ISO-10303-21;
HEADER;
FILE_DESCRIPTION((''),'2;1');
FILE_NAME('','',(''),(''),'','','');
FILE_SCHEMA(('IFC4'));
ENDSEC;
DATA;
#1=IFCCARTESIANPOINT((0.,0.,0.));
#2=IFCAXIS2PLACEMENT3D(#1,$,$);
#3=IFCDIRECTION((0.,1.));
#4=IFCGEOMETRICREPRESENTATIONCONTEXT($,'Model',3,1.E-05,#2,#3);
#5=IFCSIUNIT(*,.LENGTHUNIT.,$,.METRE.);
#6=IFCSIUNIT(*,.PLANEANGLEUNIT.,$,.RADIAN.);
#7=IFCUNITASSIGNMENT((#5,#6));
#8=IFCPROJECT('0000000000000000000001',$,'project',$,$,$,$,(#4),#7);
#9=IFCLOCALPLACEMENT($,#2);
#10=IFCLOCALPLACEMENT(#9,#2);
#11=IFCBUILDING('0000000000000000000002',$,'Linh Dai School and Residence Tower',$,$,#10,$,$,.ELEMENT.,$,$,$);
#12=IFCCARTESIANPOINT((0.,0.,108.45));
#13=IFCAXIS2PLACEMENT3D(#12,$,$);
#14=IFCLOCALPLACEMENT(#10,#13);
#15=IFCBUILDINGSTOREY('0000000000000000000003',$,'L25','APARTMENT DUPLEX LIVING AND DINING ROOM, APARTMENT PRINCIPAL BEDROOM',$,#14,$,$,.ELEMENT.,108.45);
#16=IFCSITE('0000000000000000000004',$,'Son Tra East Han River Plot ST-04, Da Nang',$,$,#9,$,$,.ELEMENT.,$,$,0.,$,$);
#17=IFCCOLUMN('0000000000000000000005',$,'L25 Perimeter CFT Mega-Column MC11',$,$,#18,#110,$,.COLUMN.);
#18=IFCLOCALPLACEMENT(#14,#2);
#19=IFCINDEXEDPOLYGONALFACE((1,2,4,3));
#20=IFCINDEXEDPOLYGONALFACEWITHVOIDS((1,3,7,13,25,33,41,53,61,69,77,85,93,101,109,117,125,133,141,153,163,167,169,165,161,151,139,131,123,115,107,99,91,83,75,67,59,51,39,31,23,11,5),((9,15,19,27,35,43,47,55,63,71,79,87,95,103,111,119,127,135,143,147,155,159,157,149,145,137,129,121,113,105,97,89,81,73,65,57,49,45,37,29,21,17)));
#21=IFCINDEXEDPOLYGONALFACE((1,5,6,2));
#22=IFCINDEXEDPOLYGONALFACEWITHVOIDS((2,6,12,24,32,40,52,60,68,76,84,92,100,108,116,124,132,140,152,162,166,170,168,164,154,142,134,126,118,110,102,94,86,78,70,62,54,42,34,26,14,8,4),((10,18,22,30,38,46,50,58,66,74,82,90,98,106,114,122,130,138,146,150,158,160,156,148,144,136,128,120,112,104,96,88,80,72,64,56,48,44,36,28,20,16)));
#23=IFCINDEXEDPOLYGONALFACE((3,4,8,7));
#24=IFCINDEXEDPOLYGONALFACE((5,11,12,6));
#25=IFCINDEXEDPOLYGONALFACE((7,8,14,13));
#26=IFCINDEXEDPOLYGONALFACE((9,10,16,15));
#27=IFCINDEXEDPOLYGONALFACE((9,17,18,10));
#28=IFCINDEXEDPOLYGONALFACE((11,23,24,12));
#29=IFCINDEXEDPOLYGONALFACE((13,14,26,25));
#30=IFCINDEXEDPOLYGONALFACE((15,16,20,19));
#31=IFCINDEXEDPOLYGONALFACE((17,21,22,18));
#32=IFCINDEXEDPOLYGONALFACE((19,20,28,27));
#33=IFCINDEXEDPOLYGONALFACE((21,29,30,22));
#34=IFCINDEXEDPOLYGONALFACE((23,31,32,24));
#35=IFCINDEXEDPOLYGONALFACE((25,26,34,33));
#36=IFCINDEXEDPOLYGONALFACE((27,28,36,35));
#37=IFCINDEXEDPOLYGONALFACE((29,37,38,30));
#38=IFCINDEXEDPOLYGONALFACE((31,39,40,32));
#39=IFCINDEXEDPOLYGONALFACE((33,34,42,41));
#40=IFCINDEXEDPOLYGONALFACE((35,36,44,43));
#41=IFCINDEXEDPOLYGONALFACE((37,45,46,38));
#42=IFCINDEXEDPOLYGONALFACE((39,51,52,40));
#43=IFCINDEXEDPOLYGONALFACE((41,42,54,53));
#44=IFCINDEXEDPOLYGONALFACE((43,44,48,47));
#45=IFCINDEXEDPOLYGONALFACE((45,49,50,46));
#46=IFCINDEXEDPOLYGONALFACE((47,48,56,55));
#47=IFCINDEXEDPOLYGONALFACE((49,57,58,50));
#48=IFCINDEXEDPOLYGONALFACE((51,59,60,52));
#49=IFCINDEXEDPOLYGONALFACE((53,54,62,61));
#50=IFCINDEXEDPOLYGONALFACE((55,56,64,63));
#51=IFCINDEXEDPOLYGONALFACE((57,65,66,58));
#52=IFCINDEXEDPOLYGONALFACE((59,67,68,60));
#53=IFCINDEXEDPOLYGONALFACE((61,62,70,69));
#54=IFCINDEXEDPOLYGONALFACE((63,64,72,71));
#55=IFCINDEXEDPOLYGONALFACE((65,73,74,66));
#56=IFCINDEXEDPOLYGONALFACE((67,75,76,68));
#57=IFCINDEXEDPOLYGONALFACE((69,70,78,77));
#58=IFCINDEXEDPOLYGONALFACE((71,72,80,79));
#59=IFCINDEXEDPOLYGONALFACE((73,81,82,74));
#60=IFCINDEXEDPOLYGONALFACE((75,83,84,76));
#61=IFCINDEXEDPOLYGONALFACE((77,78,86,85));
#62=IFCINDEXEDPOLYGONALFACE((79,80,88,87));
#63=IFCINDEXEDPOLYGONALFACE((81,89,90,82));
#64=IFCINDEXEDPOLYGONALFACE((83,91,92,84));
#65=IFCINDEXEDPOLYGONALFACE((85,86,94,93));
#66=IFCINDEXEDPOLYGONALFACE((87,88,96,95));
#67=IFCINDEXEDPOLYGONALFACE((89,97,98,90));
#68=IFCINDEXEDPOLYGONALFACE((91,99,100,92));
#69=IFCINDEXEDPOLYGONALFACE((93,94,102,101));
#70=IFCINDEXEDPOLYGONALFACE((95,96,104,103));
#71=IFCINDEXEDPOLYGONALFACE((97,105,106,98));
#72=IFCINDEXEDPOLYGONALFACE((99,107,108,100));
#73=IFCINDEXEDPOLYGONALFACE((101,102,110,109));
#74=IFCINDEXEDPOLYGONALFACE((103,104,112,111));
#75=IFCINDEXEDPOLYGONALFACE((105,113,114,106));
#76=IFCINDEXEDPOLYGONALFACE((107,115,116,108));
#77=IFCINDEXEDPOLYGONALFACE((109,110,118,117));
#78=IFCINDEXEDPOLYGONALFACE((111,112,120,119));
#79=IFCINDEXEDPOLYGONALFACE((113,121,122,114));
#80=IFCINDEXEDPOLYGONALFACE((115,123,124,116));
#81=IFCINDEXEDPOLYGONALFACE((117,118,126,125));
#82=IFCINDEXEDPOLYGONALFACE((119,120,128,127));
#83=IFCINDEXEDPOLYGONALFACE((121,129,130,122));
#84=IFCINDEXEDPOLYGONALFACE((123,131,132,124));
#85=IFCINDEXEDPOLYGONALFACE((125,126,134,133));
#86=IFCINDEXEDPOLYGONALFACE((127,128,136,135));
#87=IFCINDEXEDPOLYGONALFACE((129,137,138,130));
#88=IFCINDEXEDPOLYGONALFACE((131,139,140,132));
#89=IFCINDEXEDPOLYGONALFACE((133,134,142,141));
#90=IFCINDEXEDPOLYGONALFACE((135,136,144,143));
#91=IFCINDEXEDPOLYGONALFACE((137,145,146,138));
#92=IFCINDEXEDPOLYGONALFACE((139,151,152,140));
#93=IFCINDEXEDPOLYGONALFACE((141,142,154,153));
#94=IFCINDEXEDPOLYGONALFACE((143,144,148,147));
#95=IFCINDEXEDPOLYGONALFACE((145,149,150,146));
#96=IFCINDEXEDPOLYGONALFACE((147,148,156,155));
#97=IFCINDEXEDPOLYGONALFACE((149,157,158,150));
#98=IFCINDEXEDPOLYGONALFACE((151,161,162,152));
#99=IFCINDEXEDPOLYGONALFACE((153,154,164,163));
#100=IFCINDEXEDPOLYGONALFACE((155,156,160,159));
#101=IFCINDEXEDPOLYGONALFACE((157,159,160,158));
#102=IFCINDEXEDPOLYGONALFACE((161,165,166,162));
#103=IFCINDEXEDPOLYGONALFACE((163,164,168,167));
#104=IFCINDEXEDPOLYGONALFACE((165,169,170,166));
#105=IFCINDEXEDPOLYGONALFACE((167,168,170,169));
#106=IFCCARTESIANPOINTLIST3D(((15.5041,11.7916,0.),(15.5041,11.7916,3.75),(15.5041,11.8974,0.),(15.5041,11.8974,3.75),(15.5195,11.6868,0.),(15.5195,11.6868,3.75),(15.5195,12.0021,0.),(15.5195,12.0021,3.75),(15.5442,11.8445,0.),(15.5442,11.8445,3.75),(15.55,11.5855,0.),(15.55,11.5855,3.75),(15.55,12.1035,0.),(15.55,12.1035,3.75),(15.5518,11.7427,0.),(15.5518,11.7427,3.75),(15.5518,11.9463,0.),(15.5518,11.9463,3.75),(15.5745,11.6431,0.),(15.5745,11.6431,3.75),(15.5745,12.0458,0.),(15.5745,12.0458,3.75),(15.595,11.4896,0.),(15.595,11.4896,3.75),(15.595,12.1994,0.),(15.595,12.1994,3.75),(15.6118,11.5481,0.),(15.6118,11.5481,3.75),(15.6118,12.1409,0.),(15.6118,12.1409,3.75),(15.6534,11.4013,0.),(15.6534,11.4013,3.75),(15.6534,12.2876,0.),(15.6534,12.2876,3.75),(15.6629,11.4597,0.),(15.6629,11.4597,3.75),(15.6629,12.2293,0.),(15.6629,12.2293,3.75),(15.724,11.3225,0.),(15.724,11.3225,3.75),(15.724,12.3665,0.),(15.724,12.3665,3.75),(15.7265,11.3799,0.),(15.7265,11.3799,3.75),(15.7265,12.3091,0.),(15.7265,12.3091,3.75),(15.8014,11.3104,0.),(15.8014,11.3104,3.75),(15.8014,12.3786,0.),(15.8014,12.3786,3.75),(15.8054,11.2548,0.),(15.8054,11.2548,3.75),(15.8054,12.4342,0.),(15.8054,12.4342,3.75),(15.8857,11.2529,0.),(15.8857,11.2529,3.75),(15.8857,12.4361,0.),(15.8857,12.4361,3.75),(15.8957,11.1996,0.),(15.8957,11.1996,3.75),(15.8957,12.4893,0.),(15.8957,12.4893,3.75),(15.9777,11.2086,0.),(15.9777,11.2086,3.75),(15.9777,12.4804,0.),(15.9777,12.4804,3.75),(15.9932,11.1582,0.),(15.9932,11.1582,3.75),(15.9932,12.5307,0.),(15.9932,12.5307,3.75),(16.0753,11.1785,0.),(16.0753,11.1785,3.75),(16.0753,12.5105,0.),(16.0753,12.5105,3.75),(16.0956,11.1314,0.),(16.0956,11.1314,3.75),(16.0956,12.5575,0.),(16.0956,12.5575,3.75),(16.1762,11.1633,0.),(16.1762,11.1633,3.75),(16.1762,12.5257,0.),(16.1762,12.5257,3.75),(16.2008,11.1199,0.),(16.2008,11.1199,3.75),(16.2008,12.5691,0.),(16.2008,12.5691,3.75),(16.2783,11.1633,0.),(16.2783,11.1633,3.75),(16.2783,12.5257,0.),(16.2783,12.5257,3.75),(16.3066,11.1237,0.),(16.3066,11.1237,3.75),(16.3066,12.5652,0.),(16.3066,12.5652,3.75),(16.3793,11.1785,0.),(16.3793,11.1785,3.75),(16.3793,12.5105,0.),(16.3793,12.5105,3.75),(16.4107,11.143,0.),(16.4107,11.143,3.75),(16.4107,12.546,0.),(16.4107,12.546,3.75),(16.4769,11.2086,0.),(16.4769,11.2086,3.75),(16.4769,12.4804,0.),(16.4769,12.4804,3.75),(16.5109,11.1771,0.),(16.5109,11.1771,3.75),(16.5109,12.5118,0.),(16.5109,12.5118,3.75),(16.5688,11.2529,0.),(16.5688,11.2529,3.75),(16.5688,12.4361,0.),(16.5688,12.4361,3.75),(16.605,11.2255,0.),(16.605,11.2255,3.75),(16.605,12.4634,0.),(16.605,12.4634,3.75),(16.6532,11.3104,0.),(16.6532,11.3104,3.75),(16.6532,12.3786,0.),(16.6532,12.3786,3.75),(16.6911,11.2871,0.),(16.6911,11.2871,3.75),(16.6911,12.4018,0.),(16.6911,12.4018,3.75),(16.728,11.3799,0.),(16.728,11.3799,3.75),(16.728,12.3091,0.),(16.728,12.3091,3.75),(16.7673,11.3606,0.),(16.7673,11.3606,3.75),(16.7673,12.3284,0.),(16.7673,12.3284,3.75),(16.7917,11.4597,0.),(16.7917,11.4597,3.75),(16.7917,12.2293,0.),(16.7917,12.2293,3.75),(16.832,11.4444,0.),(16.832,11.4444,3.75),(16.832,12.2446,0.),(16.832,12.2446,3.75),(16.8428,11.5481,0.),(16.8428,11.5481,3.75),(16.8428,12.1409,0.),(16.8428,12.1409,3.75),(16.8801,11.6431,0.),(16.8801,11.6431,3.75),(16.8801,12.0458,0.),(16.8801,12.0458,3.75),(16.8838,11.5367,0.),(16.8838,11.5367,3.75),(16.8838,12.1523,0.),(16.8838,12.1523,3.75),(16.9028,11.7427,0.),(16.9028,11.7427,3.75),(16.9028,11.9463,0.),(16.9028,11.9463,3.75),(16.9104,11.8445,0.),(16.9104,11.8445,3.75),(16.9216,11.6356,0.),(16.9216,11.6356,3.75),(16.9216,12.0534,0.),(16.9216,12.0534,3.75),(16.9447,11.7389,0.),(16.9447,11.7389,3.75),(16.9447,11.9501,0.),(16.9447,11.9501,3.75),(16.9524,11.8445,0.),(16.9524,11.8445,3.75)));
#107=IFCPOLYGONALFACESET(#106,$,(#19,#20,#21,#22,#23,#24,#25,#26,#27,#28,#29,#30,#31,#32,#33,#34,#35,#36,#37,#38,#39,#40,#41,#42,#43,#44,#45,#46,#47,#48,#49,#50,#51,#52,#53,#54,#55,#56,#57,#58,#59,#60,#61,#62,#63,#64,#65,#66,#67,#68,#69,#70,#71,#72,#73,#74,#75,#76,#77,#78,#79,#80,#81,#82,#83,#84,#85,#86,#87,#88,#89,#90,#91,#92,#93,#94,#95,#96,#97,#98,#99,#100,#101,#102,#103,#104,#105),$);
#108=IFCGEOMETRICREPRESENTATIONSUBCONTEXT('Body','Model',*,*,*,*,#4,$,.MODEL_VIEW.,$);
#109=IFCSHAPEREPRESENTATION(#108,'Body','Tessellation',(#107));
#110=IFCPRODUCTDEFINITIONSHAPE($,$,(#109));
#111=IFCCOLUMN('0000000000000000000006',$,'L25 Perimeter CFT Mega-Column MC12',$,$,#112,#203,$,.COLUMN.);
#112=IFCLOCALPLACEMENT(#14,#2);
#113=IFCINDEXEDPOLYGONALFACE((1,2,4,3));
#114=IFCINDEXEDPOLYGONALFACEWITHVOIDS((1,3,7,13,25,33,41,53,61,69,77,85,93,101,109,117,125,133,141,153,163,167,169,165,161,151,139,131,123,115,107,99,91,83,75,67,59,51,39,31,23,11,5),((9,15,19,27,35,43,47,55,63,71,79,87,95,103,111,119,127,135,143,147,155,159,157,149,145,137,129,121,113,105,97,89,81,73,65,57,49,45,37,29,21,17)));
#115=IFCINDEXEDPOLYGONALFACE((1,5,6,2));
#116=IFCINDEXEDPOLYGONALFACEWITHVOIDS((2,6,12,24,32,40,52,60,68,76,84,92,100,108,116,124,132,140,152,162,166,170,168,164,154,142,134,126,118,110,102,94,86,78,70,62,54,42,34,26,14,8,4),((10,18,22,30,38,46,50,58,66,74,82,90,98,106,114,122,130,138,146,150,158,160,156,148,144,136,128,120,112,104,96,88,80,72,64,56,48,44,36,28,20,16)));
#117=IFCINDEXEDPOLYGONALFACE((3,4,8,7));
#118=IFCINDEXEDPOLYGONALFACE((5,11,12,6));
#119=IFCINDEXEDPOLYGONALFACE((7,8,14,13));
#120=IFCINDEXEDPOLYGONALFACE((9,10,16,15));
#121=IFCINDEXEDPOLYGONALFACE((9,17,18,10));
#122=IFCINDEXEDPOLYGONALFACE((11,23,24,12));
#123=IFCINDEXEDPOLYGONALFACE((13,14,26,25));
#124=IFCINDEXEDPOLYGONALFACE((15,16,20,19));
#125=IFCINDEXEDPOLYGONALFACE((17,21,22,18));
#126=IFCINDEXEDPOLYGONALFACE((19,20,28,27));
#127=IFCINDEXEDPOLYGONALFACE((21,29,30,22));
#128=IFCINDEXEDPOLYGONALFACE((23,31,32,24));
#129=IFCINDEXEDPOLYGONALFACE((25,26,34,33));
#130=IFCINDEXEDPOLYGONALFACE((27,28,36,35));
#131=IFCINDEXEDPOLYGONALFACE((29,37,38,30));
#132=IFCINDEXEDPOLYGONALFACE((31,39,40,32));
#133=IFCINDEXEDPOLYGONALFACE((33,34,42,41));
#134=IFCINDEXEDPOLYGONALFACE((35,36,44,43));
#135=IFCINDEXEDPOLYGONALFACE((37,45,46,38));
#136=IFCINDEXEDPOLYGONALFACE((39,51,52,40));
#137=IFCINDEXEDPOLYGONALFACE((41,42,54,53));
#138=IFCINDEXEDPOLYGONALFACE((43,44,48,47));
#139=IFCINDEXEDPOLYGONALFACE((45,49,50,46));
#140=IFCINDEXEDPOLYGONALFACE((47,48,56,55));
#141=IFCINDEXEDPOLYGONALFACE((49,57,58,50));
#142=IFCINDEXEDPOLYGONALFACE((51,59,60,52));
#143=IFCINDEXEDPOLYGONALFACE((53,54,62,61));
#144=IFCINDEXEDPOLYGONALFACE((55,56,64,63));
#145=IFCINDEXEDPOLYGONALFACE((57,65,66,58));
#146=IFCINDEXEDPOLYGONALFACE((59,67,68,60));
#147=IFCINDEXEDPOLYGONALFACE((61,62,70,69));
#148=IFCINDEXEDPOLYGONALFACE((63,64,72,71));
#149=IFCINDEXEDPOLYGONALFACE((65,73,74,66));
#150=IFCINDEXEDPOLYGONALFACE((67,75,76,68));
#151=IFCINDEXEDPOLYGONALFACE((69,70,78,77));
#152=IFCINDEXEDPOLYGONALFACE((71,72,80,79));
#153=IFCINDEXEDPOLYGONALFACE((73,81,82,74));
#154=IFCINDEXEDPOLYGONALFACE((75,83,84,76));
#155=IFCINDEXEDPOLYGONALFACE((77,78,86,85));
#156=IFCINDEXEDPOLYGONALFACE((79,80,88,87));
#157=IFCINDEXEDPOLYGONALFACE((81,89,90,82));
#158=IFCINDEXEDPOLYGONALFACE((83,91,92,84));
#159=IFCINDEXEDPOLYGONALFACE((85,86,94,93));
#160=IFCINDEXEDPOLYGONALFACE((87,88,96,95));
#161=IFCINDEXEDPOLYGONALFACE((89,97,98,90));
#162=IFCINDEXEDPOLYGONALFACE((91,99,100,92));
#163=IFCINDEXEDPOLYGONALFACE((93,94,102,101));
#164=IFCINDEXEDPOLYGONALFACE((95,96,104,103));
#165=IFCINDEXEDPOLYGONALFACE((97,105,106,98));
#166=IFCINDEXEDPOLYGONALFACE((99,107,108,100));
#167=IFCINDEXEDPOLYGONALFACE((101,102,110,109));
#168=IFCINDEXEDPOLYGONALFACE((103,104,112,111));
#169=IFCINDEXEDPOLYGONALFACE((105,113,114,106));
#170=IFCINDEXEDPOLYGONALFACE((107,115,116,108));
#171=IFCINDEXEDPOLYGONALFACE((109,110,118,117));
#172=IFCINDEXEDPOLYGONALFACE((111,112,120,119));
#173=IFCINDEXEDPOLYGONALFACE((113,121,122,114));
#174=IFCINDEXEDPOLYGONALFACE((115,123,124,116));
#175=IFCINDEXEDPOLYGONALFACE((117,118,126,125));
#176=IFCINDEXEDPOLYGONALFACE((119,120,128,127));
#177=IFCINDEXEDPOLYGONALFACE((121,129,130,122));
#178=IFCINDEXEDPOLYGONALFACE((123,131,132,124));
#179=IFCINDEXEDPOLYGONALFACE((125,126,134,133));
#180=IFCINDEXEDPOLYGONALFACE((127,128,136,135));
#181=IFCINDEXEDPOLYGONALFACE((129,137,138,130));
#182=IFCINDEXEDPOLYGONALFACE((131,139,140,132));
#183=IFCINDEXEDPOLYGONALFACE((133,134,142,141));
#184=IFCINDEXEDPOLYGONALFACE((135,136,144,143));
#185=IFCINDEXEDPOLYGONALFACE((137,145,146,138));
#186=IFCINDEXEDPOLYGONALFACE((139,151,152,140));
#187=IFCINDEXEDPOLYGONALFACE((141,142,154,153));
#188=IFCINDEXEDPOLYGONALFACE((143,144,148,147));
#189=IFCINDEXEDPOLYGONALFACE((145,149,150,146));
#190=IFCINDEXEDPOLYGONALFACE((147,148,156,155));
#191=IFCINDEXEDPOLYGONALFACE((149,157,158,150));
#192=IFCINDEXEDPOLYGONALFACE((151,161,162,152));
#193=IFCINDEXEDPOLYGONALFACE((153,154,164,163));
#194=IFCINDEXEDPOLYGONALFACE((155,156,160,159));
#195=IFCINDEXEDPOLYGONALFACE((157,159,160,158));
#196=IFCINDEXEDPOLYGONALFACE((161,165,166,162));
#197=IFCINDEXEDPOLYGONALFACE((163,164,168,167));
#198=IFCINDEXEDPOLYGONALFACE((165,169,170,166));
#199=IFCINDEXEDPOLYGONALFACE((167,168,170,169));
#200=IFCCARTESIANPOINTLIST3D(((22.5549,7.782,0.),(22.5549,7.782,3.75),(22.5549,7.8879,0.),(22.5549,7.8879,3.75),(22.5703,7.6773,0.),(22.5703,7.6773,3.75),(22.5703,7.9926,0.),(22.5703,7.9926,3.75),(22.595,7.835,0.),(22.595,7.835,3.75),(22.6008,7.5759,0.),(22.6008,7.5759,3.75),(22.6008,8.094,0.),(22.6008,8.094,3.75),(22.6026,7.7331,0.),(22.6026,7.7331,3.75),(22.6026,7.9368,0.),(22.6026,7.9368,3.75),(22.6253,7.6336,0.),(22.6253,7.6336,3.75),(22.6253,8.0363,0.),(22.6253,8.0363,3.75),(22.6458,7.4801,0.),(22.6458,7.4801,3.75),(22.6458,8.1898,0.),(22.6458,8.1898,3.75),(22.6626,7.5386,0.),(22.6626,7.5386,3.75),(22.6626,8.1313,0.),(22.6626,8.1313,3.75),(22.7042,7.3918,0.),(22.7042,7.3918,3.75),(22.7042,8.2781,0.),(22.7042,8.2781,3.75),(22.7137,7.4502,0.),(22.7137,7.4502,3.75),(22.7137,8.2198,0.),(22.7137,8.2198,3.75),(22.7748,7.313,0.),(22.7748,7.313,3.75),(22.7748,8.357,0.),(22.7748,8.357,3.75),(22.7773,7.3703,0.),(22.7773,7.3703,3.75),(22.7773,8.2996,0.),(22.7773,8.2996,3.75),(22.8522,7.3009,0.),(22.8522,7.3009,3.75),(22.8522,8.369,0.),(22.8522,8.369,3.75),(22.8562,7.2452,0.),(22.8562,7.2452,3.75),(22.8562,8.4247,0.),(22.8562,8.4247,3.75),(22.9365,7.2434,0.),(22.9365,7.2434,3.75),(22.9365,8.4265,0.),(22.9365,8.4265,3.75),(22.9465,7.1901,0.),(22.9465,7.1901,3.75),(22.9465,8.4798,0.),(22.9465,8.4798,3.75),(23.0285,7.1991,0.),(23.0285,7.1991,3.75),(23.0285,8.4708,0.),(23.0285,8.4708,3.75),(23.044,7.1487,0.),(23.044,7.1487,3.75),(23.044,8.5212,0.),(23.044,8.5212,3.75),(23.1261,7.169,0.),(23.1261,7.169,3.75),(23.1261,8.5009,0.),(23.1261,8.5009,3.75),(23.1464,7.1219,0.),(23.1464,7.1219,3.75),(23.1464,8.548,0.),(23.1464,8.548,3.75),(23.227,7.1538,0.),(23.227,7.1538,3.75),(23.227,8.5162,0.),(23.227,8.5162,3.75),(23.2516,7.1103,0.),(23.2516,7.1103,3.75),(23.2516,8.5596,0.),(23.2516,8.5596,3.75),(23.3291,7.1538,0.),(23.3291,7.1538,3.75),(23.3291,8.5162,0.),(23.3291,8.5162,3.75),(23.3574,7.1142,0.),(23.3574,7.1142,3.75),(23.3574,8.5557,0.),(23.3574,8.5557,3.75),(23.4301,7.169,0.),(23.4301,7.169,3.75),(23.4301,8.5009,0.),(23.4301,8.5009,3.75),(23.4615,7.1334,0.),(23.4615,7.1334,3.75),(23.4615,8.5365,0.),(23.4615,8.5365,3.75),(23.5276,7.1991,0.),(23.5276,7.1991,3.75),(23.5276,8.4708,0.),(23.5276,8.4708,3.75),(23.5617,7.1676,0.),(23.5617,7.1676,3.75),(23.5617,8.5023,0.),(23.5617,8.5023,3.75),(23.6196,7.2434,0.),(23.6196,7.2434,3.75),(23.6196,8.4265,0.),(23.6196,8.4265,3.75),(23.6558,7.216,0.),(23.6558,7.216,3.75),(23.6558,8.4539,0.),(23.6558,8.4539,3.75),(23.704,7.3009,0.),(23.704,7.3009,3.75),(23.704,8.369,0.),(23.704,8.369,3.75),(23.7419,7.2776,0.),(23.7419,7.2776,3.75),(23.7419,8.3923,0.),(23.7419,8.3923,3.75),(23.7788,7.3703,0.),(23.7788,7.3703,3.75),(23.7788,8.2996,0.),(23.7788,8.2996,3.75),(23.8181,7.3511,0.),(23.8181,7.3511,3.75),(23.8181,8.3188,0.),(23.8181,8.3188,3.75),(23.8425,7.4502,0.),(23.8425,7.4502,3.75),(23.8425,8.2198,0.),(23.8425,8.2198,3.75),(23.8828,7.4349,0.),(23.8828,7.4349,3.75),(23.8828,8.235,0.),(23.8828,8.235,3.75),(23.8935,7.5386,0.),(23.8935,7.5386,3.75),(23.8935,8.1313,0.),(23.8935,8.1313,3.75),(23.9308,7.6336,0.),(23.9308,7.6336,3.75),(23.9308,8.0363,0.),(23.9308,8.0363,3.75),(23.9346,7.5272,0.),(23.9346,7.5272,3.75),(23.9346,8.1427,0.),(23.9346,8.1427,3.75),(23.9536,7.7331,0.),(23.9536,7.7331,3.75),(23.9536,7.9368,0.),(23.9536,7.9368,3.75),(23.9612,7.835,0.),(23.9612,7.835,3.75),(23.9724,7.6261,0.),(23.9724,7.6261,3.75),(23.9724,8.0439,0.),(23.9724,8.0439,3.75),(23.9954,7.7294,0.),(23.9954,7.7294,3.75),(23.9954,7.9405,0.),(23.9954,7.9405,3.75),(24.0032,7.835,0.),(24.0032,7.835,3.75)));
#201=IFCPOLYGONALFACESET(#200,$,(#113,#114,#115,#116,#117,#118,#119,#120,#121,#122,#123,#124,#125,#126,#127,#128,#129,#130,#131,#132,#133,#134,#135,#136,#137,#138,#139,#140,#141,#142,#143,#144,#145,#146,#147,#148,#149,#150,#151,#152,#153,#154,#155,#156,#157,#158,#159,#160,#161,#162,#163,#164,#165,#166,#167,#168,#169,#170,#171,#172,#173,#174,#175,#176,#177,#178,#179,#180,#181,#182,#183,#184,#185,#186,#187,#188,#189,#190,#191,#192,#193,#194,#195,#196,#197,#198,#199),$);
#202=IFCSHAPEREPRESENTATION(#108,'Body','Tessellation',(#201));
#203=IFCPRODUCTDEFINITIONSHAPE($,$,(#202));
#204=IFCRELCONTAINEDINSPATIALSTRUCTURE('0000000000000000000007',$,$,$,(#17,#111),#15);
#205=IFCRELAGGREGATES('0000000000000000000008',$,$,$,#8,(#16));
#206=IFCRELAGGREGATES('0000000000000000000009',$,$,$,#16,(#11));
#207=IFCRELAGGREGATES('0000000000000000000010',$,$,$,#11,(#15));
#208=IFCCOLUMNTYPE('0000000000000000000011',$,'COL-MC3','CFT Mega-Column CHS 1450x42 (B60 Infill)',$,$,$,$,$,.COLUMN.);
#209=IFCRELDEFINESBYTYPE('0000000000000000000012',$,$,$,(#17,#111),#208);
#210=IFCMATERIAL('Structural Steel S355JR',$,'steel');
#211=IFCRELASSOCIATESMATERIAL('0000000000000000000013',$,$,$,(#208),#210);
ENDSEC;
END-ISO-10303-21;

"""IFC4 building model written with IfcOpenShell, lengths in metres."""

from ifc_helpers import new_model, si_unit, direction, frame, origin, origin_2d, place, context, subcontext, project, spatial, hollow_circle, extrude, material, material_profile, profile_set, type_object, element, save


model = new_model("IFC4")

# Units and contexts
model_context = context("Model", 3, precision=1e-05, world=origin(), true_north=direction((0.0, 1.0)))
body_context = subcontext(model_context, "Body", "Model", "MODEL_VIEW")
ifc_project = project(units=[si_unit("LENGTHUNIT", "METRE"), si_unit("PLANEANGLEUNIT", "RADIAN")], contexts=[model_context])

# Site, building, storey
site_placement = place(None, origin())
site = spatial("IfcSite", under=ifc_project, at=site_placement, Name="Son Tra East Han River Plot ST-04, Da Nang", CompositionType="ELEMENT", RefElevation=0.0)
building_placement = place(site_placement, origin())
building = spatial("IfcBuilding", under=site, at=building_placement, Name="Linh Dai School and Residence Tower", CompositionType="ELEMENT")
storey_placement = place(building_placement, frame((0.0, 0.0, 108.45)))
storey = spatial("IfcBuildingStorey", under=building, at=storey_placement, Name="L25", Description="APARTMENT DUPLEX LIVING AND DINING ROOM, APARTMENT PRINCIPAL BEDROOM", CompositionType="ELEMENT", Elevation=108.45)

# Columns
ifc_material_1 = material(Name="Structural Steel S355JR", Category="steel")
ifc_material_profile_1 = material_profile(ifc_material_1, hollow_circle(Radius=0.7251, WallThickness=0.042, at=origin_2d()), Name="CHS 1450x42")
ifc_profile_set_1 = profile_set([ifc_material_profile_1], Name="Structural Steel S355JR")
column_type = type_object("IfcColumnType", Name="COL-MC3", Description="CFT Mega-Column CHS 1450x42 (B60 Infill)", PredefinedType="COLUMN", material=ifc_profile_set_1)
for number, where, z_axis, x_axis, name in (
    (1, (16.2273, 11.8445, 0.0), (0.0, 0.0, 1.0), (1.0, 0.0, 0.0), "L25 Perimeter CFT Mega-Column MC11"),
    (2, (23.2781, 7.835, 0.0), (0.0, 0.0, 1.0), (1.0, 0.0, 0.0), "L25 Perimeter CFT Mega-Column MC12"),
):
    element("IfcColumn", number, at=place(storey_placement, frame(where, z_axis=z_axis, x_axis=x_axis)), inside=storey, type_object=column_type, Name=name, PredefinedType="COLUMN", context=body_context, shape_type="SweptSolid", body=[
        extrude(hollow_circle(Radius=0.7251, WallThickness=0.042, at=origin_2d()), origin(), (0.0, 0.0, 1.0), 3.75),
    ])

save(model, "model.ifc")
